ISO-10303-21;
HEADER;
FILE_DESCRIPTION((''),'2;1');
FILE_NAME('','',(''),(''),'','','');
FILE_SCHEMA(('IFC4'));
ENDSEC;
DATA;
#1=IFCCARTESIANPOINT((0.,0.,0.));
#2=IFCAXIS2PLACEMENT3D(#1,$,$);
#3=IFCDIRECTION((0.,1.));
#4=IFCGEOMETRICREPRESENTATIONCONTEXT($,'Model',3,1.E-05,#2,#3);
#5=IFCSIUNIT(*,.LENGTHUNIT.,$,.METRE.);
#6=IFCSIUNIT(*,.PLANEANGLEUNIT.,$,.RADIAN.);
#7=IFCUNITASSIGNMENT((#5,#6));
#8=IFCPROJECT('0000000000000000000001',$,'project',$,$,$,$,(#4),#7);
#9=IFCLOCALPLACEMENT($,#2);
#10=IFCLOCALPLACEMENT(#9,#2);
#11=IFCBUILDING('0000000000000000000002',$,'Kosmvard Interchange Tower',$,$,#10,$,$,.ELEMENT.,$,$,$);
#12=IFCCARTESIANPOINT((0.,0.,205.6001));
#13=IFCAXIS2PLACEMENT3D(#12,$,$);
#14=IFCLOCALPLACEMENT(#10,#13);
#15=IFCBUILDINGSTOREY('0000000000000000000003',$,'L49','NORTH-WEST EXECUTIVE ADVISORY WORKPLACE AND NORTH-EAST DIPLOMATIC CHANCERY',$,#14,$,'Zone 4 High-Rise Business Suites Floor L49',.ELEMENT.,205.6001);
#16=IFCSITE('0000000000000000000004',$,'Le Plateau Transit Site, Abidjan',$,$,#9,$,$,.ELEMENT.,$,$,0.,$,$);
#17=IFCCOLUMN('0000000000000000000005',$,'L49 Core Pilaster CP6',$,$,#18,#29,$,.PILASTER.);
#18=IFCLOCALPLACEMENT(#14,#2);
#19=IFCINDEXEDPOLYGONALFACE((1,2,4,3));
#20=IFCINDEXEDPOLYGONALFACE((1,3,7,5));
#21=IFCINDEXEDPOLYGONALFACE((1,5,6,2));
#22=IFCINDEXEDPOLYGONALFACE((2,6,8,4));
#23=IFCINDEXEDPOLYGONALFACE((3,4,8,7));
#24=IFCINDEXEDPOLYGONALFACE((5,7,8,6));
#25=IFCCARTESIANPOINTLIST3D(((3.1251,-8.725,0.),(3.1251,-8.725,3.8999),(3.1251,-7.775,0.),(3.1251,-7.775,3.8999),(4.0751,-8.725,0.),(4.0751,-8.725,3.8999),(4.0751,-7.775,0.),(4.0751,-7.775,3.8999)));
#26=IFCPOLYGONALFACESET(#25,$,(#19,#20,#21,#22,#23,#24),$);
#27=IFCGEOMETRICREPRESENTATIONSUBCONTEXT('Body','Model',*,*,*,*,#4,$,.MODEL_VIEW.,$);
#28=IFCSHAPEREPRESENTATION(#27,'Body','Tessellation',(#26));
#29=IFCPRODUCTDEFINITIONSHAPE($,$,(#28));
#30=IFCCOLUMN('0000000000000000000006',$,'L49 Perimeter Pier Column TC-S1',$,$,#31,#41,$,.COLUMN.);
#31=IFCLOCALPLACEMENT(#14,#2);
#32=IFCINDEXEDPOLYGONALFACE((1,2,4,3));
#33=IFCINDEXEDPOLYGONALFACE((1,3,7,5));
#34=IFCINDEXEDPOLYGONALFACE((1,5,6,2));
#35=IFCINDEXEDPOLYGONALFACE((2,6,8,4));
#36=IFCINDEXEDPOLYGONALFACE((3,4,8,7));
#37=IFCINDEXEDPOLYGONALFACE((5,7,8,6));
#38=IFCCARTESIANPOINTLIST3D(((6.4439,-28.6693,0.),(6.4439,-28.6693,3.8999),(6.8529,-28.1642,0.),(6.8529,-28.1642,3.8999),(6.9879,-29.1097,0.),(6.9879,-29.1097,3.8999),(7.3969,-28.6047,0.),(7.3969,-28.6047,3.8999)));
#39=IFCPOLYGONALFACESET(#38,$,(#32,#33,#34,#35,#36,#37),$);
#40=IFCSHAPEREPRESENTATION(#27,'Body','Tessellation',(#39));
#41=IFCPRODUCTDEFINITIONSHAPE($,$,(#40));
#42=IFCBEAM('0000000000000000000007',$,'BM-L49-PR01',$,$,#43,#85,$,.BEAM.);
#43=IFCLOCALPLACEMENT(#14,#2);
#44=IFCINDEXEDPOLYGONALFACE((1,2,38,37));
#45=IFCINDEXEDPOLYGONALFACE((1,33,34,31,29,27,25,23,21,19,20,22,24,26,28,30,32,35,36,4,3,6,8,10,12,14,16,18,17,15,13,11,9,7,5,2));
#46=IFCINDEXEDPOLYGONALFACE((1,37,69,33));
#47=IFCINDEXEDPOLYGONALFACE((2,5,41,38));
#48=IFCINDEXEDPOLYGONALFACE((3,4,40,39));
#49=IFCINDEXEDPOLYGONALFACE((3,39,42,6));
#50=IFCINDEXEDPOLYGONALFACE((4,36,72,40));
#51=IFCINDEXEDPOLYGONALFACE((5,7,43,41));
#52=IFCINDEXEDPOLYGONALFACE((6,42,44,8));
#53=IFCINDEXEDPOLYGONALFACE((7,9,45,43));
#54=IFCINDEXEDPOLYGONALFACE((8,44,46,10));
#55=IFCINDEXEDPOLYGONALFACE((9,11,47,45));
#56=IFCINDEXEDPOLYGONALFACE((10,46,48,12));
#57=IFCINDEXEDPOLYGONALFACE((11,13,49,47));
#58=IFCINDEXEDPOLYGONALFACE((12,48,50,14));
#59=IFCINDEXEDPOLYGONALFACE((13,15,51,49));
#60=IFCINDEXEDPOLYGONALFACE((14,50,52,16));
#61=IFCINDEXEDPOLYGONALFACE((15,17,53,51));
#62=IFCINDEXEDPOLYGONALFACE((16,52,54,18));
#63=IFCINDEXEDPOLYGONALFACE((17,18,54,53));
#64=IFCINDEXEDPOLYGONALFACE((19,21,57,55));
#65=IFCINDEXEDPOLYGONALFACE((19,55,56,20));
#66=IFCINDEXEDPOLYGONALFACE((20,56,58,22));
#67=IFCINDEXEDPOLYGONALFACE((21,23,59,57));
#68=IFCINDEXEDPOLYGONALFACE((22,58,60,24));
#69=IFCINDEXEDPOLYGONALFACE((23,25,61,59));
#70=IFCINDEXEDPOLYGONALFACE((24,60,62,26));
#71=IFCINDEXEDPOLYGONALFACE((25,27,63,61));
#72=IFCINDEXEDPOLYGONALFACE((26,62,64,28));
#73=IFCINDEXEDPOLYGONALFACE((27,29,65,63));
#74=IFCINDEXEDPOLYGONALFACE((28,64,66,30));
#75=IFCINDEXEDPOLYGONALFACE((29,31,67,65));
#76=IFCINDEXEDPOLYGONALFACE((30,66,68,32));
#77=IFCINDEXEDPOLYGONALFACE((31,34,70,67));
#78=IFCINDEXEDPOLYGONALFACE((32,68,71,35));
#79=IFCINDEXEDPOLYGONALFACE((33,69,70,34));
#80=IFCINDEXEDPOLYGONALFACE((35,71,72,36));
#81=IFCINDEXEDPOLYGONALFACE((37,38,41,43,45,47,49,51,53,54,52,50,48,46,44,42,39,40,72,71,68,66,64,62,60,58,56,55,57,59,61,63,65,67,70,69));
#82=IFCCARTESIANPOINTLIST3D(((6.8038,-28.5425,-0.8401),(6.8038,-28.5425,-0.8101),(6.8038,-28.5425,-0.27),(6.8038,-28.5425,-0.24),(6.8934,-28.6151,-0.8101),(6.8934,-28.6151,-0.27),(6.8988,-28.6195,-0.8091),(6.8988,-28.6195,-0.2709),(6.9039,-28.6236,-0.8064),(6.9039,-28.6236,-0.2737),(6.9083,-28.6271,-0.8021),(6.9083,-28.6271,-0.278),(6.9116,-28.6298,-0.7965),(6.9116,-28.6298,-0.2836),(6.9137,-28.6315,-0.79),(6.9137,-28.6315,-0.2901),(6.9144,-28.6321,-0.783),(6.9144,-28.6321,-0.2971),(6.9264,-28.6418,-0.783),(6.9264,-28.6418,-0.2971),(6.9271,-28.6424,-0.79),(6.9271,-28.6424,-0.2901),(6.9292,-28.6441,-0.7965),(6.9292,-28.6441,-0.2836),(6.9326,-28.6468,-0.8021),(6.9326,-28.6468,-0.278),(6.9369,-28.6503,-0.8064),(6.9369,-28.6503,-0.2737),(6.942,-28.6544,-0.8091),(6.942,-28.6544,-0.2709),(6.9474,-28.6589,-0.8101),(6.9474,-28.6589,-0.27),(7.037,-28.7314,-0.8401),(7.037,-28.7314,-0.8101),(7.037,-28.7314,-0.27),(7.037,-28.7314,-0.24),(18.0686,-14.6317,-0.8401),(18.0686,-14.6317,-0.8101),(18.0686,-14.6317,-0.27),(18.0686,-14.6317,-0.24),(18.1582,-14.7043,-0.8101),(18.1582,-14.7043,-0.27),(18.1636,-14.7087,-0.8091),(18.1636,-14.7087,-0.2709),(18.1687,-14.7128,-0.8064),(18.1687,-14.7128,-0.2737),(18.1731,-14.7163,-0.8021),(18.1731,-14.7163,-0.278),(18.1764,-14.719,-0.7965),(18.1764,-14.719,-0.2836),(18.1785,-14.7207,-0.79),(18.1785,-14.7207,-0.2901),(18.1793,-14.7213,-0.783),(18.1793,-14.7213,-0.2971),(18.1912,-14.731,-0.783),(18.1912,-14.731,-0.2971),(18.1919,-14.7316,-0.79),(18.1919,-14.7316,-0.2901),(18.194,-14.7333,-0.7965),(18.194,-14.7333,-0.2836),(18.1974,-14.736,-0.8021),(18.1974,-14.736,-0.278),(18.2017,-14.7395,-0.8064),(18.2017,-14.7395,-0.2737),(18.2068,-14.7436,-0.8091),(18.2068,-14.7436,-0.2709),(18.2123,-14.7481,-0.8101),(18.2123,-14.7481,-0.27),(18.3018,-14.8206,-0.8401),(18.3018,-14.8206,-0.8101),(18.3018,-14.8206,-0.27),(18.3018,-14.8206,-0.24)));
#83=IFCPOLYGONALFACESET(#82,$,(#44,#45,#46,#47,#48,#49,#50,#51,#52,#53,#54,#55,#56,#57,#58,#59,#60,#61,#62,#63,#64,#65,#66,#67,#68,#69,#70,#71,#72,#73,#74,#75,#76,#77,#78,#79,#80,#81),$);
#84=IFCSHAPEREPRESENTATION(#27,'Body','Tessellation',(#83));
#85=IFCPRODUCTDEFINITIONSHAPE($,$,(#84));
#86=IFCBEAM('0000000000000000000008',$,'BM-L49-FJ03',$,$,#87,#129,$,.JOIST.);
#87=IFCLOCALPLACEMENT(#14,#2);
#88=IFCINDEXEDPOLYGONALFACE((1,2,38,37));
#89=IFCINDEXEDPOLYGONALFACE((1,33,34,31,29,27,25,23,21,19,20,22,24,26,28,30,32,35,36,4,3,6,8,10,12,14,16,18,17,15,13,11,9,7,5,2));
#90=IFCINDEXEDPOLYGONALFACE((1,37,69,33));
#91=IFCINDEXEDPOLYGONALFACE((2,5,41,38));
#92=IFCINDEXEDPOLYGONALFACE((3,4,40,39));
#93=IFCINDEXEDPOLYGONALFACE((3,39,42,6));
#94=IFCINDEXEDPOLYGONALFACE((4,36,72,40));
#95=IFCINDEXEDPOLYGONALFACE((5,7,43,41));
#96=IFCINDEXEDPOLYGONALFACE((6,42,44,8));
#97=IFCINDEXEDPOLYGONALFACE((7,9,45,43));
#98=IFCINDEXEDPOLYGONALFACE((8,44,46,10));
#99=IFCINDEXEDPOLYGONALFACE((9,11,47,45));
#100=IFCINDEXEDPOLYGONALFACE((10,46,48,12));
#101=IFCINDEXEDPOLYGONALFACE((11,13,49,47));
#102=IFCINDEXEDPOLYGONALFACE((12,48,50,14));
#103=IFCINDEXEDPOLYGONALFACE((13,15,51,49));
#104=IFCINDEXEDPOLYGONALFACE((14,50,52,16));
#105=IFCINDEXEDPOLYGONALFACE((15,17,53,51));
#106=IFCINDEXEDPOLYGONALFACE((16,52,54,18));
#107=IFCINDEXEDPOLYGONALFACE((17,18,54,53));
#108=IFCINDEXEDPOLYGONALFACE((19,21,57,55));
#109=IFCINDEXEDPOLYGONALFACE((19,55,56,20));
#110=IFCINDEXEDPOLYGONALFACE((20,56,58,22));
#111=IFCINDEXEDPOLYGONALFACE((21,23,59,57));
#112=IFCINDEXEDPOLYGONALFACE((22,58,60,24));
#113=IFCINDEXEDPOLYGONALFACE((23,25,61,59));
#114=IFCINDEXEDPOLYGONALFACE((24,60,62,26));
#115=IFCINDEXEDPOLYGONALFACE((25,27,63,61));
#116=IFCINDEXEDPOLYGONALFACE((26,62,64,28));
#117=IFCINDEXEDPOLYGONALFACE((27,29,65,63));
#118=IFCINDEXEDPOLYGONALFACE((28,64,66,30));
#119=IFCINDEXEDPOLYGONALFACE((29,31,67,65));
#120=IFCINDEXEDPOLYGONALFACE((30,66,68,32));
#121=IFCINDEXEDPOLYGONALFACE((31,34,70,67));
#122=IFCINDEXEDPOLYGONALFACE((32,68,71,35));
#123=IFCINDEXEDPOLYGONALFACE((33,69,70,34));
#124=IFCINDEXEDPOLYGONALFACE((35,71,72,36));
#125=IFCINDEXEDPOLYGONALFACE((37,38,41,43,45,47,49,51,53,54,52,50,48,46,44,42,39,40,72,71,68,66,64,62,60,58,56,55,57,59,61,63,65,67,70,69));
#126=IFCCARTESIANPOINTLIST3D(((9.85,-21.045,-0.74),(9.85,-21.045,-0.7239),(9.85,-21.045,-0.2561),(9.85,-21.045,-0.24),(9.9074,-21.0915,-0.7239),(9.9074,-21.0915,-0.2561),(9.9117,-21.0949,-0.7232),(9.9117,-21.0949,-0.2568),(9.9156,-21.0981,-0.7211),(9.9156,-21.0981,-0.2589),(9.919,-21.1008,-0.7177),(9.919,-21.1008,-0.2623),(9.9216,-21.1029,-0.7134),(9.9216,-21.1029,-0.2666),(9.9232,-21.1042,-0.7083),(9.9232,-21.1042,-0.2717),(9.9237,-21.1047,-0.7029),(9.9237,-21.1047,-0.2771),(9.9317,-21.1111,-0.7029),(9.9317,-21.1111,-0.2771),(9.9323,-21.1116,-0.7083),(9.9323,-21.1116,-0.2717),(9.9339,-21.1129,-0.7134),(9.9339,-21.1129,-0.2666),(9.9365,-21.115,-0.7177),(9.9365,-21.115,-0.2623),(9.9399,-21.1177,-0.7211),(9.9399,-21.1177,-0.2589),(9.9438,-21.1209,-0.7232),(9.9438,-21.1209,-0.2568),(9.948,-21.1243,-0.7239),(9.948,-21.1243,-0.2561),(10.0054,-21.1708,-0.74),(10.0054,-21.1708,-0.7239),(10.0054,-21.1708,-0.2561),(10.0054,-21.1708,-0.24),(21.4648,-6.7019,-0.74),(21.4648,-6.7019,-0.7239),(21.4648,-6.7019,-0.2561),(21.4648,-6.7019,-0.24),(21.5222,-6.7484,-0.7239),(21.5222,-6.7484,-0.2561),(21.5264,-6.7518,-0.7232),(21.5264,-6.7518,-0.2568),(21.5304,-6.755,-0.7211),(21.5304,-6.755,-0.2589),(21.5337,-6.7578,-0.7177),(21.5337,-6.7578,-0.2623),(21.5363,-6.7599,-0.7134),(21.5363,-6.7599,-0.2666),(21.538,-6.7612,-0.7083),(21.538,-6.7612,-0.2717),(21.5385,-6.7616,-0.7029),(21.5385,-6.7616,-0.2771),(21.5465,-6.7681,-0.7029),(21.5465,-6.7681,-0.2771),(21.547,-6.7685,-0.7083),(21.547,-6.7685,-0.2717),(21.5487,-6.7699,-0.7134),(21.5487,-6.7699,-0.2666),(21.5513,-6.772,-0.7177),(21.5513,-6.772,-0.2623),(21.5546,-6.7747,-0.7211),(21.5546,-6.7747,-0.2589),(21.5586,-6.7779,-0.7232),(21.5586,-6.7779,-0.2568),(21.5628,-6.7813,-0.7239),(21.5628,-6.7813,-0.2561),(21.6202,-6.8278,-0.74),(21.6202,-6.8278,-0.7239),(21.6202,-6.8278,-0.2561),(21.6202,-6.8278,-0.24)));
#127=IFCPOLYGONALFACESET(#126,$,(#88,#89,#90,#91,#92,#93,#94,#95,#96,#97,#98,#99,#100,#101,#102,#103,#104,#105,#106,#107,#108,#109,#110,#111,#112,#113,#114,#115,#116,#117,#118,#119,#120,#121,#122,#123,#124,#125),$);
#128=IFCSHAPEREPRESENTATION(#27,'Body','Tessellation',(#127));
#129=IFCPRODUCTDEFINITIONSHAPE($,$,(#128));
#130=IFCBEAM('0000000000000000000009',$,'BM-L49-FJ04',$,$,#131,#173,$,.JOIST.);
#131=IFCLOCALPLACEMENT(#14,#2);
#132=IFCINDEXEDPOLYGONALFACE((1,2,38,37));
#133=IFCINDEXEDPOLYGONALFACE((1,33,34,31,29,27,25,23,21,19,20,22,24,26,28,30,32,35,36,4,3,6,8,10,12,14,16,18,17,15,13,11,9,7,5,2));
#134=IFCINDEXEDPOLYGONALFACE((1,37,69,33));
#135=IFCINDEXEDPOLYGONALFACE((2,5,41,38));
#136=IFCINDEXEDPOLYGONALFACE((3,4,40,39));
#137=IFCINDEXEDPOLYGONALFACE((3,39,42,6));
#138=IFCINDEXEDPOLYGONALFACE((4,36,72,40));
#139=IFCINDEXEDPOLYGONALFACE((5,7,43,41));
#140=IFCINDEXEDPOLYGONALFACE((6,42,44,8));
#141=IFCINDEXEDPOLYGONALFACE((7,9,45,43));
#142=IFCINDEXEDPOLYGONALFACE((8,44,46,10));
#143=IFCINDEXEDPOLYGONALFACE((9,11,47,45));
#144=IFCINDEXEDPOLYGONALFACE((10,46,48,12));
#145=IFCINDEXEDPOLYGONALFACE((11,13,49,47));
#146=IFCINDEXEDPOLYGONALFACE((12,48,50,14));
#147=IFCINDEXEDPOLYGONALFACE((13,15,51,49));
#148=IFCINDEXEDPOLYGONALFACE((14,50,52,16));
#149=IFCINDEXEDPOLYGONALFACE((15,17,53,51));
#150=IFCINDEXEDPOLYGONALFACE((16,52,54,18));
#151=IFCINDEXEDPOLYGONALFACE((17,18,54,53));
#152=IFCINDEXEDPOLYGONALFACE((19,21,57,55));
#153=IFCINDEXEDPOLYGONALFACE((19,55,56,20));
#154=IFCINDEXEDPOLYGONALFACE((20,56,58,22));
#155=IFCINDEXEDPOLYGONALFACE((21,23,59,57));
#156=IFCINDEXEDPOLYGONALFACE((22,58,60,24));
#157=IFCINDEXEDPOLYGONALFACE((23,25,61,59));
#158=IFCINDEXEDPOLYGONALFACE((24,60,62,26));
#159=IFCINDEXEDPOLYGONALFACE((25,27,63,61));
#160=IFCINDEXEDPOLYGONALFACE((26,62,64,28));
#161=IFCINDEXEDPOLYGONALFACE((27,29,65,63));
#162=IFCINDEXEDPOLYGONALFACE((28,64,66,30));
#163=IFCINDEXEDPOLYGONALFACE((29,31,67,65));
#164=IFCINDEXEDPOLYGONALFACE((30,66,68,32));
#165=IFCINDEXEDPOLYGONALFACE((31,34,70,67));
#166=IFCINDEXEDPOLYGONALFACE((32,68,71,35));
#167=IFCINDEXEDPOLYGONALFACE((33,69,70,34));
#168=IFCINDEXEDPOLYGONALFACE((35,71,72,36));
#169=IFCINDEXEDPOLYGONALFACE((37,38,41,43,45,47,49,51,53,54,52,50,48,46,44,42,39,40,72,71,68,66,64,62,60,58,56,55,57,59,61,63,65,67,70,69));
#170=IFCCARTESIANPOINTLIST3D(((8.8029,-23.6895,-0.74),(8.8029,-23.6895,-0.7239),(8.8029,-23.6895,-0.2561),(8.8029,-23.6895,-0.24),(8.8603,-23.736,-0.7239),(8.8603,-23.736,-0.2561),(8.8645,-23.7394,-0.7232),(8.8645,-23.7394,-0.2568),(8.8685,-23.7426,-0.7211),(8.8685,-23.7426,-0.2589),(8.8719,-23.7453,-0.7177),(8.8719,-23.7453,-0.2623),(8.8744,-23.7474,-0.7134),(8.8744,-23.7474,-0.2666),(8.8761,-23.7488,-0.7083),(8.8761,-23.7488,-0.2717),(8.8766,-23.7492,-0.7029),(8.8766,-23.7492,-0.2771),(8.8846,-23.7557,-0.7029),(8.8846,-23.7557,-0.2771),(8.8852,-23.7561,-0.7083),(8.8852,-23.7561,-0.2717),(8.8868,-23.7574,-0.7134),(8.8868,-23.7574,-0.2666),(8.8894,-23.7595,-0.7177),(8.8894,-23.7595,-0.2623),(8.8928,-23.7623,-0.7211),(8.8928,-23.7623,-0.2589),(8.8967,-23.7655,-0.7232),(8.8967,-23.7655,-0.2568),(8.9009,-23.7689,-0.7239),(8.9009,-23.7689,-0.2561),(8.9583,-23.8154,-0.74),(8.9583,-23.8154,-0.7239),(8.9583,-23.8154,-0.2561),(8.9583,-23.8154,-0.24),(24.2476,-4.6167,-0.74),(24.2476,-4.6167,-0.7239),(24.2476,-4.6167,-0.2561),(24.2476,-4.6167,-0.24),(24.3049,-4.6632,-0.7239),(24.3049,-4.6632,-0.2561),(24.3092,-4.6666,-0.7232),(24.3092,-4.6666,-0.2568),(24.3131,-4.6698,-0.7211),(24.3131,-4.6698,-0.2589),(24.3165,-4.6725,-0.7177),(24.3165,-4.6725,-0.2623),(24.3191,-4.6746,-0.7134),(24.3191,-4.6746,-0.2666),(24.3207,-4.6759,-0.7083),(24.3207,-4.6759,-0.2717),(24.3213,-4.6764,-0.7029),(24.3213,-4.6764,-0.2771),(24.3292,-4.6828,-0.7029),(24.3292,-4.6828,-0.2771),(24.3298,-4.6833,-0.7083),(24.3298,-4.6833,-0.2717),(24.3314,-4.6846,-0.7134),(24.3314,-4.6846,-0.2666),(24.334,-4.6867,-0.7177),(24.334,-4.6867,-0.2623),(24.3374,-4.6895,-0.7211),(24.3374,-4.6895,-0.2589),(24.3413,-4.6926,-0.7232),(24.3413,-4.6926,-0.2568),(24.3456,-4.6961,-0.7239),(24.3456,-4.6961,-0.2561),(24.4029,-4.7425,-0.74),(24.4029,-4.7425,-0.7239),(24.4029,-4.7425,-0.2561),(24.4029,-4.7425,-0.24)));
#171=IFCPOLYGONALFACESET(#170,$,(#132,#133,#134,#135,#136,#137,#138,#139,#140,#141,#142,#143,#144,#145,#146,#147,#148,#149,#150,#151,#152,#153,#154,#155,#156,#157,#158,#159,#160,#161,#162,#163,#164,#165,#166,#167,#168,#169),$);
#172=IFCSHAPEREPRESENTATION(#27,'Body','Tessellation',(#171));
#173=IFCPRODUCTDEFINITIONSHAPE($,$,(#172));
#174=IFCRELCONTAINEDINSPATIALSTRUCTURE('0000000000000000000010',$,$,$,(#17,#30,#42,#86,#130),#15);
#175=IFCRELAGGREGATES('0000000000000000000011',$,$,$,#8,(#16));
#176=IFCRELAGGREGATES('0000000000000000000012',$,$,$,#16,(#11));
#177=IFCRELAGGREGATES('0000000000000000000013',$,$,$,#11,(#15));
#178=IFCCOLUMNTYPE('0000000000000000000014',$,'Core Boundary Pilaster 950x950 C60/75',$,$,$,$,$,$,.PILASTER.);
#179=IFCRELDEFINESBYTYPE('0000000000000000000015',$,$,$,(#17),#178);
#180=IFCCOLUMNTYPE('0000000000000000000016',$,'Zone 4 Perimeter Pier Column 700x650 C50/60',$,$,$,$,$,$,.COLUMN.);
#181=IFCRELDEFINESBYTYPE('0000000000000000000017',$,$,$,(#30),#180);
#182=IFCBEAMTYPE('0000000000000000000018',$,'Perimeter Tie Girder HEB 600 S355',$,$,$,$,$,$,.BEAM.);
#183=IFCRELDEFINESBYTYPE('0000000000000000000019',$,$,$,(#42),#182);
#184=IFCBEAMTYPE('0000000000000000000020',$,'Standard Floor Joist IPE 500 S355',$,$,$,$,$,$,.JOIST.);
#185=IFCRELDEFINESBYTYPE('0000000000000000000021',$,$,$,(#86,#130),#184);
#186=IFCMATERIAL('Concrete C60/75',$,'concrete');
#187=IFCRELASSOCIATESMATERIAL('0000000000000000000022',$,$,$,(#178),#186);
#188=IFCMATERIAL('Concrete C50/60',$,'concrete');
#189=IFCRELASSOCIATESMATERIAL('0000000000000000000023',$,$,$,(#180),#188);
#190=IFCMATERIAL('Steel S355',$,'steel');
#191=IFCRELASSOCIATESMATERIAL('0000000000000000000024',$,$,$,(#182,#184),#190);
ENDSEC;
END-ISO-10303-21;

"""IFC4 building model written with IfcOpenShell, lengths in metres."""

from ifc_helpers import new_model, si_unit, direction, frame, origin, origin_2d, place, context, subcontext, project, spatial, rectangle, i_section, extrude, source, transform, mapped, material, material_profile, profile_set, type_object, element, save


model = new_model("IFC4")

# Units and contexts
model_context = context("Model", 3, precision=1e-05, world=origin(), true_north=direction((0.0, 1.0)))
body_context = subcontext(model_context, "Body", "Model", "MODEL_VIEW")
ifc_project = project(units=[si_unit("LENGTHUNIT", "METRE"), si_unit("PLANEANGLEUNIT", "RADIAN")], contexts=[model_context])

# Site, building, storey
site_placement = place(None, origin())
site = spatial("IfcSite", under=ifc_project, at=site_placement, Name="Le Plateau Transit Site, Abidjan", CompositionType="ELEMENT", RefElevation=0.0)
building_placement = place(site_placement, origin())
building = spatial("IfcBuilding", under=site, at=building_placement, Name="Kosmvard Interchange Tower", CompositionType="ELEMENT")
storey_placement = place(building_placement, frame((0.0, 0.0, 205.6001)))
storey = spatial("IfcBuildingStorey", under=building, at=storey_placement, Name="L49", Description="NORTH-WEST EXECUTIVE ADVISORY WORKPLACE AND NORTH-EAST DIPLOMATIC CHANCERY", LongName="Zone 4 High-Rise Business Suites Floor L49", CompositionType="ELEMENT", Elevation=205.6001)

# Columns
ifc_material_1 = material(Name="Concrete C60/75", Category="concrete")
ifc_material_profile_1 = material_profile(ifc_material_1, rectangle(XDim=0.95, YDim=0.95, at=origin_2d()), Name="CP 950x950")
ifc_profile_set_1 = profile_set([ifc_material_profile_1], Name="Concrete C60/75")
column_type_1 = type_object("IfcColumnType", Name="Core Boundary Pilaster 950x950 C60/75", PredefinedType="PILASTER", material=ifc_profile_set_1)
shared_shape_1 = source(origin(), body_context, "Body", "SweptSolid", [
    extrude(rectangle(XDim=0.95, YDim=0.95, at=origin_2d()), origin(), (0.0, 0.0, 1.0), 3.8999),
])
column_1_placement = place(storey_placement, frame((3.6001, -8.25, 0.0), z_axis=(0.0, 0.0, 1.0), x_axis=(1.0, 0.0, 0.0)))
element("IfcColumn", 1, at=column_1_placement, inside=storey, type_object=column_type_1, Name="L49 Core Pilaster CP6", PredefinedType="PILASTER", context=body_context, shape_type="MappedRepresentation", body=[
    mapped(shared_shape_1, transform((0.0, 0.0, 0.0), scale=1.0)),
])
ifc_material_2 = material(Name="Concrete C50/60", Category="concrete")
ifc_material_profile_2 = material_profile(ifc_material_2, rectangle(XDim=0.6499, YDim=0.7, at=origin_2d()), Name="TC 700x650")
ifc_profile_set_2 = profile_set([ifc_material_profile_2], Name="Concrete C50/60")
column_type_2 = type_object("IfcColumnType", Name="Zone 4 Perimeter Pier Column 700x650 C50/60", PredefinedType="COLUMN", material=ifc_profile_set_2)
shared_shape_2 = source(origin(), body_context, "Body", "SweptSolid", [
    extrude(rectangle(XDim=0.6499, YDim=0.7, at=origin_2d()), origin(), (0.0, 0.0, 1.0), 3.8999),
])
column_2_placement = place(storey_placement, frame((6.9204, -28.637, 0.0), z_axis=(0.0, 0.0, 1.0), x_axis=(0.62932, 0.777146, 0.0)))
element("IfcColumn", 2, at=column_2_placement, inside=storey, type_object=column_type_2, Name="L49 Perimeter Pier Column TC-S1", PredefinedType="COLUMN", context=body_context, shape_type="MappedRepresentation", body=[
    mapped(shared_shape_2, transform((0.0, 0.0, 0.0), scale=1.0)),
])

# Beams
ifc_material_3 = material(Name="Steel S355", Category="steel")
ifc_material_profile_3 = material_profile(ifc_material_3, i_section(OverallWidth=0.3, OverallDepth=0.6001, WebThickness=0.0154, FlangeThickness=0.03, FilletRadius=0.0271, at=origin_2d()), Name="HEB 600")
ifc_profile_set_3 = profile_set([ifc_material_profile_3], Name="Steel S355")
beam_type_1 = type_object("IfcBeamType", Name="Perimeter Tie Girder HEB 600 S355", PredefinedType="BEAM", material=ifc_profile_set_3)
shared_shape_3 = source(origin(), body_context, "Body", "SweptSolid", [
    extrude(i_section(OverallWidth=0.3, OverallDepth=0.6001, WebThickness=0.0154, FlangeThickness=0.03, FilletRadius=0.0271, at=origin_2d()), origin(), (0.0, 0.0, 1.0), 17.8999),
])
beam_1_placement = place(storey_placement, frame((6.9204, -28.637, -0.54), z_axis=(0.629323, 0.777144, 0.0), x_axis=(-0.777144, 0.629323, 0.0)))
element("IfcBeam", 3, at=beam_1_placement, inside=storey, type_object=beam_type_1, Name="BM-L49-PR01", PredefinedType="BEAM", context=body_context, shape_type="MappedRepresentation", body=[
    mapped(shared_shape_3, transform((0.0, 0.0, 0.0), scale=1.0)),
])
ifc_material_profile_4 = material_profile(ifc_material_3, i_section(OverallWidth=0.2, OverallDepth=0.5, WebThickness=0.0103, FlangeThickness=0.0161, FilletRadius=0.021, at=origin_2d()), Name="IPE 500")
ifc_profile_set_4 = profile_set([ifc_material_profile_4], Name="Steel S355")
beam_type_2 = type_object("IfcBeamType", Name="Standard Floor Joist IPE 500 S355", PredefinedType="JOIST", material=ifc_profile_set_4)
shared_shape_4 = source(origin(), body_context, "Body", "SweptSolid", [
    extrude(i_section(OverallWidth=0.2, OverallDepth=0.5, WebThickness=0.0103, FlangeThickness=0.0161, FilletRadius=0.021, at=origin_2d()), origin(), (0.0, 0.0, 1.0), 18.4561),
])
beam_2_placement = place(storey_placement, frame((9.9277, -21.1079, -0.49), z_axis=(0.62932, 0.777146, 0.0), x_axis=(-0.777146, 0.62932, 0.0)))
element("IfcBeam", 4, at=beam_2_placement, inside=storey, type_object=beam_type_2, Name="BM-L49-FJ03", PredefinedType="JOIST", context=body_context, shape_type="MappedRepresentation", body=[
    mapped(shared_shape_4, transform((0.0, 0.0, 0.0), scale=1.0)),
])
shared_shape_5 = source(origin(), body_context, "Body", "SweptSolid", [
    extrude(i_section(OverallWidth=0.2, OverallDepth=0.5, WebThickness=0.0103, FlangeThickness=0.0161, FilletRadius=0.021, at=origin_2d()), origin(), (0.0, 0.0, 1.0), 24.542),
])
beam_3_placement = place(storey_placement, frame((8.8806, -23.7524, -0.49), z_axis=(0.629315, 0.777151, 0.0), x_axis=(-0.777151, 0.629315, 0.0)))
element("IfcBeam", 5, at=beam_3_placement, inside=storey, type_object=beam_type_2, Name="BM-L49-FJ04", PredefinedType="JOIST", context=body_context, shape_type="MappedRepresentation", body=[
    mapped(shared_shape_5, transform((0.0, 0.0, 0.0), scale=1.0)),
])

save(model, "model.ifc")
